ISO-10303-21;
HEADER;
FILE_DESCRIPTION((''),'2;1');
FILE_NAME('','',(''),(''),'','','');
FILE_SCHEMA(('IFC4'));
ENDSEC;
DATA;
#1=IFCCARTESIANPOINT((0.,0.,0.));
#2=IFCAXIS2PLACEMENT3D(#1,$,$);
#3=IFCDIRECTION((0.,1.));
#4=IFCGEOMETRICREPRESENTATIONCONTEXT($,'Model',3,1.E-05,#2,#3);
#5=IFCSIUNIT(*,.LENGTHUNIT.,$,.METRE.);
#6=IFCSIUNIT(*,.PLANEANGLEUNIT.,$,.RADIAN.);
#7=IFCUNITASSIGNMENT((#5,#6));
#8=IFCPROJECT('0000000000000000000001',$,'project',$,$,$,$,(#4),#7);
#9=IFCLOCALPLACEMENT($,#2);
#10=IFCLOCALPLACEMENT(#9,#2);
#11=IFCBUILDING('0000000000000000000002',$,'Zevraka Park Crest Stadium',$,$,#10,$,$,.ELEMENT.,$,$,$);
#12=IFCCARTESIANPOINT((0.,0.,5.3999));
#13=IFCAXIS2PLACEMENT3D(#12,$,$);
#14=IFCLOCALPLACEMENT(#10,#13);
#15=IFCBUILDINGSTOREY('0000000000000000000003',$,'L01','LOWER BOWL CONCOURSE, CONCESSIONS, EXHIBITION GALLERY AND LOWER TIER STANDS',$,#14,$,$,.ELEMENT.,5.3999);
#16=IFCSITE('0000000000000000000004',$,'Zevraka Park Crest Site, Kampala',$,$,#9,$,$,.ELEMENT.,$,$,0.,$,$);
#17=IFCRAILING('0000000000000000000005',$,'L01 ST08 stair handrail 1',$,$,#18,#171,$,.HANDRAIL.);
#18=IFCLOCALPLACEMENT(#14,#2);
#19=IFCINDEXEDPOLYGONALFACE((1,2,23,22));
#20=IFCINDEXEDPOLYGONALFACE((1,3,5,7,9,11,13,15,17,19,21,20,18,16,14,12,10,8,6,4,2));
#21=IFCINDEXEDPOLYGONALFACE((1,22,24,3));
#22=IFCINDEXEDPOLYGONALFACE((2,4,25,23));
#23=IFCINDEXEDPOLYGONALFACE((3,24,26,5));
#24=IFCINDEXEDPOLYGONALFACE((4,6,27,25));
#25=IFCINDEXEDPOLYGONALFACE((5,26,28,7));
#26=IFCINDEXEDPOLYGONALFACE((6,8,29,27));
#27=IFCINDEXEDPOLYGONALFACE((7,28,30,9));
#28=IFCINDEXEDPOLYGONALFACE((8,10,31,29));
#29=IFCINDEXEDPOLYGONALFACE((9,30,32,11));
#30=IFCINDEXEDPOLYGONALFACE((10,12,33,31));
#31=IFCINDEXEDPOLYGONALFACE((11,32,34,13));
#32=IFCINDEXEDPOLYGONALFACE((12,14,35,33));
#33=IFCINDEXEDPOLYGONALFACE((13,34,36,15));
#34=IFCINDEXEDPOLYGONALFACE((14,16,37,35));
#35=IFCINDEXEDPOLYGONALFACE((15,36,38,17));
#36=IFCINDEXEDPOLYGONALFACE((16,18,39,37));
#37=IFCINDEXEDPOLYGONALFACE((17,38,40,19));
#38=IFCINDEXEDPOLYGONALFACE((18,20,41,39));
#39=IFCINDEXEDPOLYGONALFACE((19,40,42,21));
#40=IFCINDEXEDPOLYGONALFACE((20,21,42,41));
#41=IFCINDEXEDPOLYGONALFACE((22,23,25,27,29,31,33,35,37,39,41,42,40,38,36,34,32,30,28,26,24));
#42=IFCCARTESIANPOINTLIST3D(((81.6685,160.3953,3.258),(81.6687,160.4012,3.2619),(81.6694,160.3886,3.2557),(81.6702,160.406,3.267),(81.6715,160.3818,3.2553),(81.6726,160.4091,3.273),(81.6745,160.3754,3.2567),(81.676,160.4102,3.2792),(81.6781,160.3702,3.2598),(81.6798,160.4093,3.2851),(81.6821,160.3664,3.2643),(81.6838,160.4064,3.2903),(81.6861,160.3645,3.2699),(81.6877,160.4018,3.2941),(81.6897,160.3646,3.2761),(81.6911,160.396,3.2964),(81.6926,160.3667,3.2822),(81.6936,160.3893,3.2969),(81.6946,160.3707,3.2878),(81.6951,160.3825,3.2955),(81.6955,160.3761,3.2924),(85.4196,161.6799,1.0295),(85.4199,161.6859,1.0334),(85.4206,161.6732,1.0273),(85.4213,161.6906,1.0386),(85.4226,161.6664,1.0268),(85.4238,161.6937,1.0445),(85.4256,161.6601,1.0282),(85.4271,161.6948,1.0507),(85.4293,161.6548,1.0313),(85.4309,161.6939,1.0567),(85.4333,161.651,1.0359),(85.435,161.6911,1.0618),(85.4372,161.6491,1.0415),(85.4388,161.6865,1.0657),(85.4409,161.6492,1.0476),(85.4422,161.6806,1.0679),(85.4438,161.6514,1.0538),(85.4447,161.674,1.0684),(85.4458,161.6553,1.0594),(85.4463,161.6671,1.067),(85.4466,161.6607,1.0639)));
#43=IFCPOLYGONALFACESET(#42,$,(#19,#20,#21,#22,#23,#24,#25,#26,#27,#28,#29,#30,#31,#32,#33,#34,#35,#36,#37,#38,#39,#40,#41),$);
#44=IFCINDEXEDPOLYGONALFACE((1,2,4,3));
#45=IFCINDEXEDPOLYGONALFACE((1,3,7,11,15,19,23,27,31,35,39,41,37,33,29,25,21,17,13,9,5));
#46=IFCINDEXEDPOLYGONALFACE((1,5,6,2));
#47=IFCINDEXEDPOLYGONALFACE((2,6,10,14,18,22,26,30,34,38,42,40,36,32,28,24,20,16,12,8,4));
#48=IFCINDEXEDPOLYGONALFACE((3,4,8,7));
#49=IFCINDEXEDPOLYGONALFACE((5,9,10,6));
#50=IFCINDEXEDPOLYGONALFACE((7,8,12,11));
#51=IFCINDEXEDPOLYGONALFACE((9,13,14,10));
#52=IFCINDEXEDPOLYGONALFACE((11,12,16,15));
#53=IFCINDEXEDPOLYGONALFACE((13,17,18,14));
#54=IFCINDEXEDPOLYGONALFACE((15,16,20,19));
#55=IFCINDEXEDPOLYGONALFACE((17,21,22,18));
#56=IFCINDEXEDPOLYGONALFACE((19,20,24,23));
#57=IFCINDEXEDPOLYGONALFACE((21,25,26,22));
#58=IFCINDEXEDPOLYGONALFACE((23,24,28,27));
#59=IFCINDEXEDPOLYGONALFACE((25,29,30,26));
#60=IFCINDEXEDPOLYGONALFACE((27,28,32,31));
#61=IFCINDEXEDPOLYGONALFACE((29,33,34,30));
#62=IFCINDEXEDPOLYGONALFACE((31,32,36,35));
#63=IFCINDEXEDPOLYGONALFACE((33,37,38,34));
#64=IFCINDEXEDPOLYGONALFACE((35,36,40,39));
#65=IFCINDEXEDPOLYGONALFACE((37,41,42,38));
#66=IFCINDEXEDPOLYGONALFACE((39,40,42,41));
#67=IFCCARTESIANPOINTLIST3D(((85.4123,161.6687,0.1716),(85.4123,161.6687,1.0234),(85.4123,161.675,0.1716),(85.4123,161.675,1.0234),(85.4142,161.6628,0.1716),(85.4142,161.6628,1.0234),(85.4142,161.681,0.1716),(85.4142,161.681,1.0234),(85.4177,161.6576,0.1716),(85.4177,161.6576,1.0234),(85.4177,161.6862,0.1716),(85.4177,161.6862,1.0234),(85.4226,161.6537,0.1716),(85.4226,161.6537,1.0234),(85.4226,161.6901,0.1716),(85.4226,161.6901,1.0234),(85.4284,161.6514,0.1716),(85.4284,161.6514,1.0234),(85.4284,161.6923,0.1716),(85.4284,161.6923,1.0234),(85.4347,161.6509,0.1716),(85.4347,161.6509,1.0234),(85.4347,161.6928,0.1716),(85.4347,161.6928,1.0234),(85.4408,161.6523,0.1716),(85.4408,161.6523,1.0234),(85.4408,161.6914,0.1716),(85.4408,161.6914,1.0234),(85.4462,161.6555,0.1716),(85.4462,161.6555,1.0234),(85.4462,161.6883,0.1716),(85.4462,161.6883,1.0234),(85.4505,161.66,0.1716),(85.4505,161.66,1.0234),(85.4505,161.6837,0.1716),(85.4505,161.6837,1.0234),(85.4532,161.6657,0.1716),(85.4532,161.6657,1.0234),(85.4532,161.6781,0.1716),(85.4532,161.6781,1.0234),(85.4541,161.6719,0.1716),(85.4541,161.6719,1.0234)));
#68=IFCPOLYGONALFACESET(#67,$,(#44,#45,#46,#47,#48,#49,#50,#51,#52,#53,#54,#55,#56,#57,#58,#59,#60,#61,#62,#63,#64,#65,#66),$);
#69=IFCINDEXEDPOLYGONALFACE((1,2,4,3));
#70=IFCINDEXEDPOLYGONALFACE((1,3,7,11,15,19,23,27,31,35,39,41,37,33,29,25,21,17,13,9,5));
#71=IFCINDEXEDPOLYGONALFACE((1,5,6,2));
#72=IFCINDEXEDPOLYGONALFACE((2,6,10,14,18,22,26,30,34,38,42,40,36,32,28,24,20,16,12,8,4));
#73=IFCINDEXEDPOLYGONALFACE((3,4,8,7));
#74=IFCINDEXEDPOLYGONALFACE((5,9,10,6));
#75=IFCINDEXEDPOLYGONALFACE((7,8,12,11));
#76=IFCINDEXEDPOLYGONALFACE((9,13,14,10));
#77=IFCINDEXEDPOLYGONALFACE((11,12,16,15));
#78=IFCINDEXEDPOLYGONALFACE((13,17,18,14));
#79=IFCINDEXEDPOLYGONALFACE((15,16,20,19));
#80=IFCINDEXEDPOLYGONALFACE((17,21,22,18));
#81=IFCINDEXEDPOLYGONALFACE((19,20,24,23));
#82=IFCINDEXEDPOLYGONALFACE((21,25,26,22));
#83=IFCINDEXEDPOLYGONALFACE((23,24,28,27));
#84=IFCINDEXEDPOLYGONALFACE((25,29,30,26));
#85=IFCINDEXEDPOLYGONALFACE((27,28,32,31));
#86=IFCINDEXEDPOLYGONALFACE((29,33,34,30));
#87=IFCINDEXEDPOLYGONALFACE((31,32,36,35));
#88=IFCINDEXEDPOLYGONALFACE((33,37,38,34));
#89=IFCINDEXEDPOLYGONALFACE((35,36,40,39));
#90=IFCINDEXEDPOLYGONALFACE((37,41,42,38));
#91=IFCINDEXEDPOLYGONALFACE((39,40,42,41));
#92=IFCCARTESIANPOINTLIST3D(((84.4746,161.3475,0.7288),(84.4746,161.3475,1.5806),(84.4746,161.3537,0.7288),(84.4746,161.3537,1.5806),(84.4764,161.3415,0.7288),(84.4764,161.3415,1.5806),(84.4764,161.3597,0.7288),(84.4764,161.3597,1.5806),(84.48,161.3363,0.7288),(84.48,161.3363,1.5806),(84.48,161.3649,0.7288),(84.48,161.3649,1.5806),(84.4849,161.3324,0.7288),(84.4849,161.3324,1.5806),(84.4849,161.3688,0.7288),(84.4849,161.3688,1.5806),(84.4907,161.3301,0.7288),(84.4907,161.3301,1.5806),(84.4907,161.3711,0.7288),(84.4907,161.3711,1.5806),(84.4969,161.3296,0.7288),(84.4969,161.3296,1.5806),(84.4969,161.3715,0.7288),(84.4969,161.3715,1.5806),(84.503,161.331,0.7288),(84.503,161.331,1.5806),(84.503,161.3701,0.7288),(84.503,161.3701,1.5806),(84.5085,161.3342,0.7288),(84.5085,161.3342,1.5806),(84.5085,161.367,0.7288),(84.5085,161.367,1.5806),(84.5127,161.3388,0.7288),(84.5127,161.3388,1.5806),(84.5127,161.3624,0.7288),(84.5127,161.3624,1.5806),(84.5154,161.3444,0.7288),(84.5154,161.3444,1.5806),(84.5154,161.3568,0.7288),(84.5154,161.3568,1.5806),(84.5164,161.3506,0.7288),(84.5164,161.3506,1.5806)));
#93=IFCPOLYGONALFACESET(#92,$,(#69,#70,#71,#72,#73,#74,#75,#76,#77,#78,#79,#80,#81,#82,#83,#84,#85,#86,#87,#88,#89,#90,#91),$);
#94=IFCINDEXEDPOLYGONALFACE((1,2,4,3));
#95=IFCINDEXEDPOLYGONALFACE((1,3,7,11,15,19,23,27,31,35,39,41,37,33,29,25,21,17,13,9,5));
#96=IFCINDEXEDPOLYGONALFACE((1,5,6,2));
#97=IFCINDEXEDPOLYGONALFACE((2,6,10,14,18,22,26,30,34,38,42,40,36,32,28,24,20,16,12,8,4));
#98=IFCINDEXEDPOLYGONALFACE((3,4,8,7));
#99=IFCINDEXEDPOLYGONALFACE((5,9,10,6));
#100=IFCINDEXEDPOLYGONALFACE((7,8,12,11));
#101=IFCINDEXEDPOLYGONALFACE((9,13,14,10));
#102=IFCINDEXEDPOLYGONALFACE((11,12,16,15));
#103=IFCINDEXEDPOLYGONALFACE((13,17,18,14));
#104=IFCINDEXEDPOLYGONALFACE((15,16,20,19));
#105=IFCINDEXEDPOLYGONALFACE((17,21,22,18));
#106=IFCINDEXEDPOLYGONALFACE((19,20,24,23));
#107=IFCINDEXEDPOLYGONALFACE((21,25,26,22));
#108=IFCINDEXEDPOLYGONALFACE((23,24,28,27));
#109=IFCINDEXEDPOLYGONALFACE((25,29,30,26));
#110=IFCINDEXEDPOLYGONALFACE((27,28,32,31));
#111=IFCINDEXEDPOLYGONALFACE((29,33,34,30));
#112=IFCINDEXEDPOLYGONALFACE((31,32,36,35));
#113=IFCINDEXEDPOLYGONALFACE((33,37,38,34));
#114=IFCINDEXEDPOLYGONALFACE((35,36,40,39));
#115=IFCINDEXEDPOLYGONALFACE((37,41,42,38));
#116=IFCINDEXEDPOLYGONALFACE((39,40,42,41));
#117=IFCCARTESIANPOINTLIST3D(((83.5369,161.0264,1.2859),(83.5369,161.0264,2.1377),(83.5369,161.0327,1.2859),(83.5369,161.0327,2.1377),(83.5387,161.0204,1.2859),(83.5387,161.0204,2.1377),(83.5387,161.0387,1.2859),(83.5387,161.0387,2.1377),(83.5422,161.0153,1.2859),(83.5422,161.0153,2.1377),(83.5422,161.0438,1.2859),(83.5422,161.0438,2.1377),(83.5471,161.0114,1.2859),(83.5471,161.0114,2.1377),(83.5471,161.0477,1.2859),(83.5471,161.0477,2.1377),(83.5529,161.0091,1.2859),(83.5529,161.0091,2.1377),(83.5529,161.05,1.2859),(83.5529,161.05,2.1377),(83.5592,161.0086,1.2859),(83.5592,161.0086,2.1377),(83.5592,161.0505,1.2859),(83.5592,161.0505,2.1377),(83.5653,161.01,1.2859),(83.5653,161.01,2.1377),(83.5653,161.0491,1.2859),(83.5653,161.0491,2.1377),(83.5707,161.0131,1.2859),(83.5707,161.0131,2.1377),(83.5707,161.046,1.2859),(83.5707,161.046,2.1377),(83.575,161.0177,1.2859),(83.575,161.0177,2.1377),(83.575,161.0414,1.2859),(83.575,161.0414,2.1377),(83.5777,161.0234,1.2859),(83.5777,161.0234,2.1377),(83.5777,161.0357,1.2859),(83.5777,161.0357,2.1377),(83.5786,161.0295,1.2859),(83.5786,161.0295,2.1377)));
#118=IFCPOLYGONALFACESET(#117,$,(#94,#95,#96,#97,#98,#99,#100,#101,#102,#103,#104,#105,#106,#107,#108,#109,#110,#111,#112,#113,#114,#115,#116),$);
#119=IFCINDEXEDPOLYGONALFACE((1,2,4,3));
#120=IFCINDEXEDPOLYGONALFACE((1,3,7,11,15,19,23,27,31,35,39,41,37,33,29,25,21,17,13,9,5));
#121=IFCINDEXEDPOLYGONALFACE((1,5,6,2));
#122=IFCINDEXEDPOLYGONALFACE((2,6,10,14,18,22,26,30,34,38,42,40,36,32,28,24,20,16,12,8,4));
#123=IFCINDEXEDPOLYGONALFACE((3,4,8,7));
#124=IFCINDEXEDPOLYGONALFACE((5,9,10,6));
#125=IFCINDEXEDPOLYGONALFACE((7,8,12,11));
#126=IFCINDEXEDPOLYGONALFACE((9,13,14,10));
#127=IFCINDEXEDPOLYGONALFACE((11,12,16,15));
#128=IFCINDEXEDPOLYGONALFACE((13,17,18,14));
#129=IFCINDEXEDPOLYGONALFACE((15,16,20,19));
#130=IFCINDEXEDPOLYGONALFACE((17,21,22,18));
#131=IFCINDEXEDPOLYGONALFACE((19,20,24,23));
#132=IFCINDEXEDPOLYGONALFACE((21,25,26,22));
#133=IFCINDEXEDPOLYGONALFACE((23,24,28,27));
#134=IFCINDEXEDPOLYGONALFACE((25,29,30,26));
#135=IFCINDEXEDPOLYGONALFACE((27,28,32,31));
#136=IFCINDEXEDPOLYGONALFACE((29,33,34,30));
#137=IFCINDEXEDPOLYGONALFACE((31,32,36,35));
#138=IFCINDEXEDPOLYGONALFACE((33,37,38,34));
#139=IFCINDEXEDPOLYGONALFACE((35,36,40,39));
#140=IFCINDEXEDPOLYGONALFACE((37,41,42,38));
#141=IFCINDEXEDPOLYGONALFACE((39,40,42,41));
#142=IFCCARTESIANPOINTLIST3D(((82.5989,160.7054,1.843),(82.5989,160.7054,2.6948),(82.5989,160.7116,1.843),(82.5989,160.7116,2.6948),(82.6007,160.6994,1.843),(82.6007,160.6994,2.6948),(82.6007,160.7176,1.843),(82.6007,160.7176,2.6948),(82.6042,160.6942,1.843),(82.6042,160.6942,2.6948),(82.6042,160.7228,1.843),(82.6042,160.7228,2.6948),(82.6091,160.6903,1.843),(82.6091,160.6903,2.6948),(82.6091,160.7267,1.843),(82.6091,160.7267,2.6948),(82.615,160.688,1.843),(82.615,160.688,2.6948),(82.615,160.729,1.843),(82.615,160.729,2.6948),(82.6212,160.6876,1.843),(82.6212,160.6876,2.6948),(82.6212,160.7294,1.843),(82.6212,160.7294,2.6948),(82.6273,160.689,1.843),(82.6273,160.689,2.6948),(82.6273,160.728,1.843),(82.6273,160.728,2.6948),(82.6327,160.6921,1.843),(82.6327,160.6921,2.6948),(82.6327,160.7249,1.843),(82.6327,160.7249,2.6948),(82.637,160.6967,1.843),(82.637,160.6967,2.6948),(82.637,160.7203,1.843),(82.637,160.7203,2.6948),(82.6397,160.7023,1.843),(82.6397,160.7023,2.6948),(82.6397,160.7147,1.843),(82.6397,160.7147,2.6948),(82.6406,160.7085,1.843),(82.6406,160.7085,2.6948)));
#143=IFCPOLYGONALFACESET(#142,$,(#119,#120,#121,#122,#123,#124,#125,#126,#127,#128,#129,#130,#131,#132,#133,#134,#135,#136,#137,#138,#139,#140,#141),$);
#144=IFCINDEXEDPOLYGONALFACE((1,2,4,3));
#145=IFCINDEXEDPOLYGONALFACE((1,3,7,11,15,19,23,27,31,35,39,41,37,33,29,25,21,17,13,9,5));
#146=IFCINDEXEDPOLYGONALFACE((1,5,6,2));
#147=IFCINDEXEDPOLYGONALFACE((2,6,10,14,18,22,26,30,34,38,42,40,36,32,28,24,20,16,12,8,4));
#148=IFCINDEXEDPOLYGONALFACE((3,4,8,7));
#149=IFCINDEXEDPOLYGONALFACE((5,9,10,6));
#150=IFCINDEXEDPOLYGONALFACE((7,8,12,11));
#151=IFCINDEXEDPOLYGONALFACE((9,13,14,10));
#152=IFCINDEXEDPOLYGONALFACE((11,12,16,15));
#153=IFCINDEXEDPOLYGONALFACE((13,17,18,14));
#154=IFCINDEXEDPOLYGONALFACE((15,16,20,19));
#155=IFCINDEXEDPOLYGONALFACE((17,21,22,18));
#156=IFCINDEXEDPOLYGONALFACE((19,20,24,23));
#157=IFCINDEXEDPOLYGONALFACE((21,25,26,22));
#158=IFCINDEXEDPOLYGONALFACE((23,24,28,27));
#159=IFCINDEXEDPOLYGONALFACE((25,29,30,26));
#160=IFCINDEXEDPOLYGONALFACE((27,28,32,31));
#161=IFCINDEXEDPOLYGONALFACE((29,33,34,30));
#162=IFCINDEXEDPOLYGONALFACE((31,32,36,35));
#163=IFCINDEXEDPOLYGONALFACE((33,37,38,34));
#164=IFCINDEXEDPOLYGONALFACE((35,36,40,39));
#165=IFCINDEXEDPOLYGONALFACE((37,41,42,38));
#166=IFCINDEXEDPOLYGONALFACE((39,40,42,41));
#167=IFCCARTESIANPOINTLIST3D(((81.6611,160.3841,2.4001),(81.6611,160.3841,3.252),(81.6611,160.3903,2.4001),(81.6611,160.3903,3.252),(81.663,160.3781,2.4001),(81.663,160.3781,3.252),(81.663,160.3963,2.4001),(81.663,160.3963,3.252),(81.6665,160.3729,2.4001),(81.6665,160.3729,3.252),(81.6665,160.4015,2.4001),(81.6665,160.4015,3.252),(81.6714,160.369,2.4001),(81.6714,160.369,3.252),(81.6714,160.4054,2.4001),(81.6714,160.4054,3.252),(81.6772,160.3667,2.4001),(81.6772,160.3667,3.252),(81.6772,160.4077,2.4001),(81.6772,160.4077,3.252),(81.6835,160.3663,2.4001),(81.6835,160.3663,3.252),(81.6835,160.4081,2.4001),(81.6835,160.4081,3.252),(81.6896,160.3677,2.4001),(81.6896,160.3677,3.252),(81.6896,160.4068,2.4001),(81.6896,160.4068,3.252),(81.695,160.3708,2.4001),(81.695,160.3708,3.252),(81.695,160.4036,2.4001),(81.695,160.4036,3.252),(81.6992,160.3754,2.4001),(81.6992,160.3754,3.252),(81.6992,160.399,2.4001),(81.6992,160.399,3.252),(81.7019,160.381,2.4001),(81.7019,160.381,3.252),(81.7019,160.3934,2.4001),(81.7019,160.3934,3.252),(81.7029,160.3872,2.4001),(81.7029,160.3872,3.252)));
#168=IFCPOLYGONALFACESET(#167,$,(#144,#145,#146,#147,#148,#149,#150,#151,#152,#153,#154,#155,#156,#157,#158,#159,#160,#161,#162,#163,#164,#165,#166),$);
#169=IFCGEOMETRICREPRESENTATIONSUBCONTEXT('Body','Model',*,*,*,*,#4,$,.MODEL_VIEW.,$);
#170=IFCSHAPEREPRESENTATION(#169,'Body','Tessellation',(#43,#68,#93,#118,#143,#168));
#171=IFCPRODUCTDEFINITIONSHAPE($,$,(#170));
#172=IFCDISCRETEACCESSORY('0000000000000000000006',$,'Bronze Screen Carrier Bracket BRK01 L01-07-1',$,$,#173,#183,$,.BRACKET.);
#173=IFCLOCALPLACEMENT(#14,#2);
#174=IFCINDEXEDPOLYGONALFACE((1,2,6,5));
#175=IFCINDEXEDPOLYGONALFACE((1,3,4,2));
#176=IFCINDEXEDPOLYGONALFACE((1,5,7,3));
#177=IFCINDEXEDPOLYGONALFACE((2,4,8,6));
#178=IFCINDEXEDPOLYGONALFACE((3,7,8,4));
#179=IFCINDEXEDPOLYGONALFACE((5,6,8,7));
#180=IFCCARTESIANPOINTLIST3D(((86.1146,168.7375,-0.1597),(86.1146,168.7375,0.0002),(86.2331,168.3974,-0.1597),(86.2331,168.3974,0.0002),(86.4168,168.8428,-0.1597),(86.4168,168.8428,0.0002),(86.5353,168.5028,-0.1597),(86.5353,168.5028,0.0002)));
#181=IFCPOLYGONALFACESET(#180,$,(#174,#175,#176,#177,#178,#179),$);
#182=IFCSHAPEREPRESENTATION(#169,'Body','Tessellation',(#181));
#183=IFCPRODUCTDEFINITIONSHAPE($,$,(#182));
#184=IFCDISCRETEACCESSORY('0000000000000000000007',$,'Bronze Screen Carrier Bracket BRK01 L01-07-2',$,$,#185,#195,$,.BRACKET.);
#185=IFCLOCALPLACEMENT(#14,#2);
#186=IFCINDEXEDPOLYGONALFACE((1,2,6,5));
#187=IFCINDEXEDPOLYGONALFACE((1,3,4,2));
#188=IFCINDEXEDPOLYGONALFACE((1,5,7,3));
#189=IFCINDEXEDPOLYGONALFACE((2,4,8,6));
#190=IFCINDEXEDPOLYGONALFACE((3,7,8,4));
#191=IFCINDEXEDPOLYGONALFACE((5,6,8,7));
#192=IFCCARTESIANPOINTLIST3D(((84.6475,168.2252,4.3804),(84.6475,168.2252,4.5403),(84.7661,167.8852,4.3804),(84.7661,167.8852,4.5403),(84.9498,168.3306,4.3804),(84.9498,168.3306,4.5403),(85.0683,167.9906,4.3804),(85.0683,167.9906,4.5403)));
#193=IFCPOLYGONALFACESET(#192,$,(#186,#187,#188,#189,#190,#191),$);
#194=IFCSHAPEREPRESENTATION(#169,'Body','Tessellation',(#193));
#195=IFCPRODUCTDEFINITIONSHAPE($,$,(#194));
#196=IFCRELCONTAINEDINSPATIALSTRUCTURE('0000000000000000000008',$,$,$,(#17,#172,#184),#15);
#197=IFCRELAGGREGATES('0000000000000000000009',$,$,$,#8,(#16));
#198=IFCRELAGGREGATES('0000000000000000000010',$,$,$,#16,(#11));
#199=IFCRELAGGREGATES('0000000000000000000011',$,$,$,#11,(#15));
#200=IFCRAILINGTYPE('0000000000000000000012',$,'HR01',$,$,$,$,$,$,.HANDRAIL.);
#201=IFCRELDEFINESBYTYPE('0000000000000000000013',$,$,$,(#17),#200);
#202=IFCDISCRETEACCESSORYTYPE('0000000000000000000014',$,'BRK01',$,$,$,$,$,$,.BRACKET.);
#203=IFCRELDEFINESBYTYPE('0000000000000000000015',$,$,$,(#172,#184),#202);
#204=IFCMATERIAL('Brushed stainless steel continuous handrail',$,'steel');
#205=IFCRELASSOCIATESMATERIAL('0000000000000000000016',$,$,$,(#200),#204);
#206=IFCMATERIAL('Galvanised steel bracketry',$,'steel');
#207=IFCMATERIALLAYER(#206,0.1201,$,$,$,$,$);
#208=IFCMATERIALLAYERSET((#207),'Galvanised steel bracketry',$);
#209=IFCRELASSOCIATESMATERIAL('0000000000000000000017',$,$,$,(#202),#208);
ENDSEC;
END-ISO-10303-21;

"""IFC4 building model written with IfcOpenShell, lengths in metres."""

from ifc_helpers import new_model, si_unit, direction, frame, origin, origin_2d, place, context, subcontext, project, spatial, rectangle, circle, extrude, material, layer, layer_set, type_object, element, save


model = new_model("IFC4")

# Units and contexts
model_context = context("Model", 3, precision=1e-05, world=origin(), true_north=direction((0.0, 1.0)))
body_context = subcontext(model_context, "Body", "Model", "MODEL_VIEW")
ifc_project = project(units=[si_unit("LENGTHUNIT", "METRE"), si_unit("PLANEANGLEUNIT", "RADIAN")], contexts=[model_context])

# Site, building, storey
site_placement = place(None, origin())
site = spatial("IfcSite", under=ifc_project, at=site_placement, Name="Zevraka Park Crest Site, Kampala", CompositionType="ELEMENT", RefElevation=0.0)
building_placement = place(site_placement, origin())
building = spatial("IfcBuilding", under=site, at=building_placement, Name="Zevraka Park Crest Stadium", CompositionType="ELEMENT")
storey_placement = place(building_placement, frame((0.0, 0.0, 5.3999)))
storey = spatial("IfcBuildingStorey", under=building, at=storey_placement, Name="L01", Description="LOWER BOWL CONCOURSE, CONCESSIONS, EXHIBITION GALLERY AND LOWER TIER STANDS", CompositionType="ELEMENT", Elevation=5.3999)

# Railing
ifc_material_1 = material(Name="Brushed stainless steel continuous handrail", Category="steel")
railing_type = type_object("IfcRailingType", Name="HR01", PredefinedType="HANDRAIL", material=ifc_material_1)
railing_placement = place(storey_placement, frame((85.4331, 161.6719, 0.1716)))
element("IfcRailing", 1, at=railing_placement, inside=storey, type_object=railing_type, Name="L01 ST08 stair handrail 1", PredefinedType="HANDRAIL", context=body_context, shape_type="SweptSolid", body=[
    extrude(circle(Radius=0.0239, at=origin_2d()), frame((0.0, 0.0, 0.876), z_axis=(-0.824727, -0.282441, 0.489952), x_axis=(0.323994, -0.946059, 0.0)), (0.0, 0.0, 1.0), 4.5483),
    extrude(circle(Radius=0.021, at=origin_2d()), origin(), (0.0, 0.0, 1.0), 0.8518),
    extrude(circle(Radius=0.021, at=origin_2d()), frame((-0.9377, -0.3213, 0.5571)), (0.0, 0.0, 1.0), 0.8518),
    extrude(circle(Radius=0.021, at=origin_2d()), frame((-1.8755, -0.6423, 1.1143)), (0.0, 0.0, 1.0), 0.8518),
    extrude(circle(Radius=0.021, at=origin_2d()), frame((-2.8135, -0.9634, 1.6714)), (0.0, 0.0, 1.0), 0.8518),
    extrude(circle(Radius=0.021, at=origin_2d()), frame((-3.7512, -1.2847, 2.2285)), (0.0, 0.0, 1.0), 0.8518),
])

# Discrete accessories
ifc_material_2 = material(Name="Galvanised steel bracketry", Category="steel")
ifc_layer_1 = layer(ifc_material_2, 0.1201)
ifc_layer_set_1 = layer_set([ifc_layer_1], Name="Galvanised steel bracketry")
discrete_accessory_type = type_object("IfcDiscreteAccessoryType", Name="BRK01", PredefinedType="BRACKET", material=ifc_layer_set_1)
for number, where, z_axis, x_axis, name in (
    (2, (86.325, 168.6201, -0.1597), (0.0, 0.0, 1.0), (-0.944262, -0.329196, 0.0), "Bronze Screen Carrier Bracket BRK01 L01-07-1"),
    (3, (84.8579, 168.1079, 4.3804), (0.0, 0.0, 1.0), (-0.944262, -0.329196, 0.0), "Bronze Screen Carrier Bracket BRK01 L01-07-2"),
):
    element("IfcDiscreteAccessory", number, at=place(storey_placement, frame(where, z_axis=z_axis, x_axis=x_axis)), inside=storey, type_object=discrete_accessory_type, Name=name, PredefinedType="BRACKET", context=body_context, shape_type="SweptSolid", body=[
        extrude(rectangle(XDim=0.3201, YDim=0.3601, at=origin_2d()), origin(), (0.0, 0.0, 1.0), 0.1599),
    ])

save(model, "model.ifc")
